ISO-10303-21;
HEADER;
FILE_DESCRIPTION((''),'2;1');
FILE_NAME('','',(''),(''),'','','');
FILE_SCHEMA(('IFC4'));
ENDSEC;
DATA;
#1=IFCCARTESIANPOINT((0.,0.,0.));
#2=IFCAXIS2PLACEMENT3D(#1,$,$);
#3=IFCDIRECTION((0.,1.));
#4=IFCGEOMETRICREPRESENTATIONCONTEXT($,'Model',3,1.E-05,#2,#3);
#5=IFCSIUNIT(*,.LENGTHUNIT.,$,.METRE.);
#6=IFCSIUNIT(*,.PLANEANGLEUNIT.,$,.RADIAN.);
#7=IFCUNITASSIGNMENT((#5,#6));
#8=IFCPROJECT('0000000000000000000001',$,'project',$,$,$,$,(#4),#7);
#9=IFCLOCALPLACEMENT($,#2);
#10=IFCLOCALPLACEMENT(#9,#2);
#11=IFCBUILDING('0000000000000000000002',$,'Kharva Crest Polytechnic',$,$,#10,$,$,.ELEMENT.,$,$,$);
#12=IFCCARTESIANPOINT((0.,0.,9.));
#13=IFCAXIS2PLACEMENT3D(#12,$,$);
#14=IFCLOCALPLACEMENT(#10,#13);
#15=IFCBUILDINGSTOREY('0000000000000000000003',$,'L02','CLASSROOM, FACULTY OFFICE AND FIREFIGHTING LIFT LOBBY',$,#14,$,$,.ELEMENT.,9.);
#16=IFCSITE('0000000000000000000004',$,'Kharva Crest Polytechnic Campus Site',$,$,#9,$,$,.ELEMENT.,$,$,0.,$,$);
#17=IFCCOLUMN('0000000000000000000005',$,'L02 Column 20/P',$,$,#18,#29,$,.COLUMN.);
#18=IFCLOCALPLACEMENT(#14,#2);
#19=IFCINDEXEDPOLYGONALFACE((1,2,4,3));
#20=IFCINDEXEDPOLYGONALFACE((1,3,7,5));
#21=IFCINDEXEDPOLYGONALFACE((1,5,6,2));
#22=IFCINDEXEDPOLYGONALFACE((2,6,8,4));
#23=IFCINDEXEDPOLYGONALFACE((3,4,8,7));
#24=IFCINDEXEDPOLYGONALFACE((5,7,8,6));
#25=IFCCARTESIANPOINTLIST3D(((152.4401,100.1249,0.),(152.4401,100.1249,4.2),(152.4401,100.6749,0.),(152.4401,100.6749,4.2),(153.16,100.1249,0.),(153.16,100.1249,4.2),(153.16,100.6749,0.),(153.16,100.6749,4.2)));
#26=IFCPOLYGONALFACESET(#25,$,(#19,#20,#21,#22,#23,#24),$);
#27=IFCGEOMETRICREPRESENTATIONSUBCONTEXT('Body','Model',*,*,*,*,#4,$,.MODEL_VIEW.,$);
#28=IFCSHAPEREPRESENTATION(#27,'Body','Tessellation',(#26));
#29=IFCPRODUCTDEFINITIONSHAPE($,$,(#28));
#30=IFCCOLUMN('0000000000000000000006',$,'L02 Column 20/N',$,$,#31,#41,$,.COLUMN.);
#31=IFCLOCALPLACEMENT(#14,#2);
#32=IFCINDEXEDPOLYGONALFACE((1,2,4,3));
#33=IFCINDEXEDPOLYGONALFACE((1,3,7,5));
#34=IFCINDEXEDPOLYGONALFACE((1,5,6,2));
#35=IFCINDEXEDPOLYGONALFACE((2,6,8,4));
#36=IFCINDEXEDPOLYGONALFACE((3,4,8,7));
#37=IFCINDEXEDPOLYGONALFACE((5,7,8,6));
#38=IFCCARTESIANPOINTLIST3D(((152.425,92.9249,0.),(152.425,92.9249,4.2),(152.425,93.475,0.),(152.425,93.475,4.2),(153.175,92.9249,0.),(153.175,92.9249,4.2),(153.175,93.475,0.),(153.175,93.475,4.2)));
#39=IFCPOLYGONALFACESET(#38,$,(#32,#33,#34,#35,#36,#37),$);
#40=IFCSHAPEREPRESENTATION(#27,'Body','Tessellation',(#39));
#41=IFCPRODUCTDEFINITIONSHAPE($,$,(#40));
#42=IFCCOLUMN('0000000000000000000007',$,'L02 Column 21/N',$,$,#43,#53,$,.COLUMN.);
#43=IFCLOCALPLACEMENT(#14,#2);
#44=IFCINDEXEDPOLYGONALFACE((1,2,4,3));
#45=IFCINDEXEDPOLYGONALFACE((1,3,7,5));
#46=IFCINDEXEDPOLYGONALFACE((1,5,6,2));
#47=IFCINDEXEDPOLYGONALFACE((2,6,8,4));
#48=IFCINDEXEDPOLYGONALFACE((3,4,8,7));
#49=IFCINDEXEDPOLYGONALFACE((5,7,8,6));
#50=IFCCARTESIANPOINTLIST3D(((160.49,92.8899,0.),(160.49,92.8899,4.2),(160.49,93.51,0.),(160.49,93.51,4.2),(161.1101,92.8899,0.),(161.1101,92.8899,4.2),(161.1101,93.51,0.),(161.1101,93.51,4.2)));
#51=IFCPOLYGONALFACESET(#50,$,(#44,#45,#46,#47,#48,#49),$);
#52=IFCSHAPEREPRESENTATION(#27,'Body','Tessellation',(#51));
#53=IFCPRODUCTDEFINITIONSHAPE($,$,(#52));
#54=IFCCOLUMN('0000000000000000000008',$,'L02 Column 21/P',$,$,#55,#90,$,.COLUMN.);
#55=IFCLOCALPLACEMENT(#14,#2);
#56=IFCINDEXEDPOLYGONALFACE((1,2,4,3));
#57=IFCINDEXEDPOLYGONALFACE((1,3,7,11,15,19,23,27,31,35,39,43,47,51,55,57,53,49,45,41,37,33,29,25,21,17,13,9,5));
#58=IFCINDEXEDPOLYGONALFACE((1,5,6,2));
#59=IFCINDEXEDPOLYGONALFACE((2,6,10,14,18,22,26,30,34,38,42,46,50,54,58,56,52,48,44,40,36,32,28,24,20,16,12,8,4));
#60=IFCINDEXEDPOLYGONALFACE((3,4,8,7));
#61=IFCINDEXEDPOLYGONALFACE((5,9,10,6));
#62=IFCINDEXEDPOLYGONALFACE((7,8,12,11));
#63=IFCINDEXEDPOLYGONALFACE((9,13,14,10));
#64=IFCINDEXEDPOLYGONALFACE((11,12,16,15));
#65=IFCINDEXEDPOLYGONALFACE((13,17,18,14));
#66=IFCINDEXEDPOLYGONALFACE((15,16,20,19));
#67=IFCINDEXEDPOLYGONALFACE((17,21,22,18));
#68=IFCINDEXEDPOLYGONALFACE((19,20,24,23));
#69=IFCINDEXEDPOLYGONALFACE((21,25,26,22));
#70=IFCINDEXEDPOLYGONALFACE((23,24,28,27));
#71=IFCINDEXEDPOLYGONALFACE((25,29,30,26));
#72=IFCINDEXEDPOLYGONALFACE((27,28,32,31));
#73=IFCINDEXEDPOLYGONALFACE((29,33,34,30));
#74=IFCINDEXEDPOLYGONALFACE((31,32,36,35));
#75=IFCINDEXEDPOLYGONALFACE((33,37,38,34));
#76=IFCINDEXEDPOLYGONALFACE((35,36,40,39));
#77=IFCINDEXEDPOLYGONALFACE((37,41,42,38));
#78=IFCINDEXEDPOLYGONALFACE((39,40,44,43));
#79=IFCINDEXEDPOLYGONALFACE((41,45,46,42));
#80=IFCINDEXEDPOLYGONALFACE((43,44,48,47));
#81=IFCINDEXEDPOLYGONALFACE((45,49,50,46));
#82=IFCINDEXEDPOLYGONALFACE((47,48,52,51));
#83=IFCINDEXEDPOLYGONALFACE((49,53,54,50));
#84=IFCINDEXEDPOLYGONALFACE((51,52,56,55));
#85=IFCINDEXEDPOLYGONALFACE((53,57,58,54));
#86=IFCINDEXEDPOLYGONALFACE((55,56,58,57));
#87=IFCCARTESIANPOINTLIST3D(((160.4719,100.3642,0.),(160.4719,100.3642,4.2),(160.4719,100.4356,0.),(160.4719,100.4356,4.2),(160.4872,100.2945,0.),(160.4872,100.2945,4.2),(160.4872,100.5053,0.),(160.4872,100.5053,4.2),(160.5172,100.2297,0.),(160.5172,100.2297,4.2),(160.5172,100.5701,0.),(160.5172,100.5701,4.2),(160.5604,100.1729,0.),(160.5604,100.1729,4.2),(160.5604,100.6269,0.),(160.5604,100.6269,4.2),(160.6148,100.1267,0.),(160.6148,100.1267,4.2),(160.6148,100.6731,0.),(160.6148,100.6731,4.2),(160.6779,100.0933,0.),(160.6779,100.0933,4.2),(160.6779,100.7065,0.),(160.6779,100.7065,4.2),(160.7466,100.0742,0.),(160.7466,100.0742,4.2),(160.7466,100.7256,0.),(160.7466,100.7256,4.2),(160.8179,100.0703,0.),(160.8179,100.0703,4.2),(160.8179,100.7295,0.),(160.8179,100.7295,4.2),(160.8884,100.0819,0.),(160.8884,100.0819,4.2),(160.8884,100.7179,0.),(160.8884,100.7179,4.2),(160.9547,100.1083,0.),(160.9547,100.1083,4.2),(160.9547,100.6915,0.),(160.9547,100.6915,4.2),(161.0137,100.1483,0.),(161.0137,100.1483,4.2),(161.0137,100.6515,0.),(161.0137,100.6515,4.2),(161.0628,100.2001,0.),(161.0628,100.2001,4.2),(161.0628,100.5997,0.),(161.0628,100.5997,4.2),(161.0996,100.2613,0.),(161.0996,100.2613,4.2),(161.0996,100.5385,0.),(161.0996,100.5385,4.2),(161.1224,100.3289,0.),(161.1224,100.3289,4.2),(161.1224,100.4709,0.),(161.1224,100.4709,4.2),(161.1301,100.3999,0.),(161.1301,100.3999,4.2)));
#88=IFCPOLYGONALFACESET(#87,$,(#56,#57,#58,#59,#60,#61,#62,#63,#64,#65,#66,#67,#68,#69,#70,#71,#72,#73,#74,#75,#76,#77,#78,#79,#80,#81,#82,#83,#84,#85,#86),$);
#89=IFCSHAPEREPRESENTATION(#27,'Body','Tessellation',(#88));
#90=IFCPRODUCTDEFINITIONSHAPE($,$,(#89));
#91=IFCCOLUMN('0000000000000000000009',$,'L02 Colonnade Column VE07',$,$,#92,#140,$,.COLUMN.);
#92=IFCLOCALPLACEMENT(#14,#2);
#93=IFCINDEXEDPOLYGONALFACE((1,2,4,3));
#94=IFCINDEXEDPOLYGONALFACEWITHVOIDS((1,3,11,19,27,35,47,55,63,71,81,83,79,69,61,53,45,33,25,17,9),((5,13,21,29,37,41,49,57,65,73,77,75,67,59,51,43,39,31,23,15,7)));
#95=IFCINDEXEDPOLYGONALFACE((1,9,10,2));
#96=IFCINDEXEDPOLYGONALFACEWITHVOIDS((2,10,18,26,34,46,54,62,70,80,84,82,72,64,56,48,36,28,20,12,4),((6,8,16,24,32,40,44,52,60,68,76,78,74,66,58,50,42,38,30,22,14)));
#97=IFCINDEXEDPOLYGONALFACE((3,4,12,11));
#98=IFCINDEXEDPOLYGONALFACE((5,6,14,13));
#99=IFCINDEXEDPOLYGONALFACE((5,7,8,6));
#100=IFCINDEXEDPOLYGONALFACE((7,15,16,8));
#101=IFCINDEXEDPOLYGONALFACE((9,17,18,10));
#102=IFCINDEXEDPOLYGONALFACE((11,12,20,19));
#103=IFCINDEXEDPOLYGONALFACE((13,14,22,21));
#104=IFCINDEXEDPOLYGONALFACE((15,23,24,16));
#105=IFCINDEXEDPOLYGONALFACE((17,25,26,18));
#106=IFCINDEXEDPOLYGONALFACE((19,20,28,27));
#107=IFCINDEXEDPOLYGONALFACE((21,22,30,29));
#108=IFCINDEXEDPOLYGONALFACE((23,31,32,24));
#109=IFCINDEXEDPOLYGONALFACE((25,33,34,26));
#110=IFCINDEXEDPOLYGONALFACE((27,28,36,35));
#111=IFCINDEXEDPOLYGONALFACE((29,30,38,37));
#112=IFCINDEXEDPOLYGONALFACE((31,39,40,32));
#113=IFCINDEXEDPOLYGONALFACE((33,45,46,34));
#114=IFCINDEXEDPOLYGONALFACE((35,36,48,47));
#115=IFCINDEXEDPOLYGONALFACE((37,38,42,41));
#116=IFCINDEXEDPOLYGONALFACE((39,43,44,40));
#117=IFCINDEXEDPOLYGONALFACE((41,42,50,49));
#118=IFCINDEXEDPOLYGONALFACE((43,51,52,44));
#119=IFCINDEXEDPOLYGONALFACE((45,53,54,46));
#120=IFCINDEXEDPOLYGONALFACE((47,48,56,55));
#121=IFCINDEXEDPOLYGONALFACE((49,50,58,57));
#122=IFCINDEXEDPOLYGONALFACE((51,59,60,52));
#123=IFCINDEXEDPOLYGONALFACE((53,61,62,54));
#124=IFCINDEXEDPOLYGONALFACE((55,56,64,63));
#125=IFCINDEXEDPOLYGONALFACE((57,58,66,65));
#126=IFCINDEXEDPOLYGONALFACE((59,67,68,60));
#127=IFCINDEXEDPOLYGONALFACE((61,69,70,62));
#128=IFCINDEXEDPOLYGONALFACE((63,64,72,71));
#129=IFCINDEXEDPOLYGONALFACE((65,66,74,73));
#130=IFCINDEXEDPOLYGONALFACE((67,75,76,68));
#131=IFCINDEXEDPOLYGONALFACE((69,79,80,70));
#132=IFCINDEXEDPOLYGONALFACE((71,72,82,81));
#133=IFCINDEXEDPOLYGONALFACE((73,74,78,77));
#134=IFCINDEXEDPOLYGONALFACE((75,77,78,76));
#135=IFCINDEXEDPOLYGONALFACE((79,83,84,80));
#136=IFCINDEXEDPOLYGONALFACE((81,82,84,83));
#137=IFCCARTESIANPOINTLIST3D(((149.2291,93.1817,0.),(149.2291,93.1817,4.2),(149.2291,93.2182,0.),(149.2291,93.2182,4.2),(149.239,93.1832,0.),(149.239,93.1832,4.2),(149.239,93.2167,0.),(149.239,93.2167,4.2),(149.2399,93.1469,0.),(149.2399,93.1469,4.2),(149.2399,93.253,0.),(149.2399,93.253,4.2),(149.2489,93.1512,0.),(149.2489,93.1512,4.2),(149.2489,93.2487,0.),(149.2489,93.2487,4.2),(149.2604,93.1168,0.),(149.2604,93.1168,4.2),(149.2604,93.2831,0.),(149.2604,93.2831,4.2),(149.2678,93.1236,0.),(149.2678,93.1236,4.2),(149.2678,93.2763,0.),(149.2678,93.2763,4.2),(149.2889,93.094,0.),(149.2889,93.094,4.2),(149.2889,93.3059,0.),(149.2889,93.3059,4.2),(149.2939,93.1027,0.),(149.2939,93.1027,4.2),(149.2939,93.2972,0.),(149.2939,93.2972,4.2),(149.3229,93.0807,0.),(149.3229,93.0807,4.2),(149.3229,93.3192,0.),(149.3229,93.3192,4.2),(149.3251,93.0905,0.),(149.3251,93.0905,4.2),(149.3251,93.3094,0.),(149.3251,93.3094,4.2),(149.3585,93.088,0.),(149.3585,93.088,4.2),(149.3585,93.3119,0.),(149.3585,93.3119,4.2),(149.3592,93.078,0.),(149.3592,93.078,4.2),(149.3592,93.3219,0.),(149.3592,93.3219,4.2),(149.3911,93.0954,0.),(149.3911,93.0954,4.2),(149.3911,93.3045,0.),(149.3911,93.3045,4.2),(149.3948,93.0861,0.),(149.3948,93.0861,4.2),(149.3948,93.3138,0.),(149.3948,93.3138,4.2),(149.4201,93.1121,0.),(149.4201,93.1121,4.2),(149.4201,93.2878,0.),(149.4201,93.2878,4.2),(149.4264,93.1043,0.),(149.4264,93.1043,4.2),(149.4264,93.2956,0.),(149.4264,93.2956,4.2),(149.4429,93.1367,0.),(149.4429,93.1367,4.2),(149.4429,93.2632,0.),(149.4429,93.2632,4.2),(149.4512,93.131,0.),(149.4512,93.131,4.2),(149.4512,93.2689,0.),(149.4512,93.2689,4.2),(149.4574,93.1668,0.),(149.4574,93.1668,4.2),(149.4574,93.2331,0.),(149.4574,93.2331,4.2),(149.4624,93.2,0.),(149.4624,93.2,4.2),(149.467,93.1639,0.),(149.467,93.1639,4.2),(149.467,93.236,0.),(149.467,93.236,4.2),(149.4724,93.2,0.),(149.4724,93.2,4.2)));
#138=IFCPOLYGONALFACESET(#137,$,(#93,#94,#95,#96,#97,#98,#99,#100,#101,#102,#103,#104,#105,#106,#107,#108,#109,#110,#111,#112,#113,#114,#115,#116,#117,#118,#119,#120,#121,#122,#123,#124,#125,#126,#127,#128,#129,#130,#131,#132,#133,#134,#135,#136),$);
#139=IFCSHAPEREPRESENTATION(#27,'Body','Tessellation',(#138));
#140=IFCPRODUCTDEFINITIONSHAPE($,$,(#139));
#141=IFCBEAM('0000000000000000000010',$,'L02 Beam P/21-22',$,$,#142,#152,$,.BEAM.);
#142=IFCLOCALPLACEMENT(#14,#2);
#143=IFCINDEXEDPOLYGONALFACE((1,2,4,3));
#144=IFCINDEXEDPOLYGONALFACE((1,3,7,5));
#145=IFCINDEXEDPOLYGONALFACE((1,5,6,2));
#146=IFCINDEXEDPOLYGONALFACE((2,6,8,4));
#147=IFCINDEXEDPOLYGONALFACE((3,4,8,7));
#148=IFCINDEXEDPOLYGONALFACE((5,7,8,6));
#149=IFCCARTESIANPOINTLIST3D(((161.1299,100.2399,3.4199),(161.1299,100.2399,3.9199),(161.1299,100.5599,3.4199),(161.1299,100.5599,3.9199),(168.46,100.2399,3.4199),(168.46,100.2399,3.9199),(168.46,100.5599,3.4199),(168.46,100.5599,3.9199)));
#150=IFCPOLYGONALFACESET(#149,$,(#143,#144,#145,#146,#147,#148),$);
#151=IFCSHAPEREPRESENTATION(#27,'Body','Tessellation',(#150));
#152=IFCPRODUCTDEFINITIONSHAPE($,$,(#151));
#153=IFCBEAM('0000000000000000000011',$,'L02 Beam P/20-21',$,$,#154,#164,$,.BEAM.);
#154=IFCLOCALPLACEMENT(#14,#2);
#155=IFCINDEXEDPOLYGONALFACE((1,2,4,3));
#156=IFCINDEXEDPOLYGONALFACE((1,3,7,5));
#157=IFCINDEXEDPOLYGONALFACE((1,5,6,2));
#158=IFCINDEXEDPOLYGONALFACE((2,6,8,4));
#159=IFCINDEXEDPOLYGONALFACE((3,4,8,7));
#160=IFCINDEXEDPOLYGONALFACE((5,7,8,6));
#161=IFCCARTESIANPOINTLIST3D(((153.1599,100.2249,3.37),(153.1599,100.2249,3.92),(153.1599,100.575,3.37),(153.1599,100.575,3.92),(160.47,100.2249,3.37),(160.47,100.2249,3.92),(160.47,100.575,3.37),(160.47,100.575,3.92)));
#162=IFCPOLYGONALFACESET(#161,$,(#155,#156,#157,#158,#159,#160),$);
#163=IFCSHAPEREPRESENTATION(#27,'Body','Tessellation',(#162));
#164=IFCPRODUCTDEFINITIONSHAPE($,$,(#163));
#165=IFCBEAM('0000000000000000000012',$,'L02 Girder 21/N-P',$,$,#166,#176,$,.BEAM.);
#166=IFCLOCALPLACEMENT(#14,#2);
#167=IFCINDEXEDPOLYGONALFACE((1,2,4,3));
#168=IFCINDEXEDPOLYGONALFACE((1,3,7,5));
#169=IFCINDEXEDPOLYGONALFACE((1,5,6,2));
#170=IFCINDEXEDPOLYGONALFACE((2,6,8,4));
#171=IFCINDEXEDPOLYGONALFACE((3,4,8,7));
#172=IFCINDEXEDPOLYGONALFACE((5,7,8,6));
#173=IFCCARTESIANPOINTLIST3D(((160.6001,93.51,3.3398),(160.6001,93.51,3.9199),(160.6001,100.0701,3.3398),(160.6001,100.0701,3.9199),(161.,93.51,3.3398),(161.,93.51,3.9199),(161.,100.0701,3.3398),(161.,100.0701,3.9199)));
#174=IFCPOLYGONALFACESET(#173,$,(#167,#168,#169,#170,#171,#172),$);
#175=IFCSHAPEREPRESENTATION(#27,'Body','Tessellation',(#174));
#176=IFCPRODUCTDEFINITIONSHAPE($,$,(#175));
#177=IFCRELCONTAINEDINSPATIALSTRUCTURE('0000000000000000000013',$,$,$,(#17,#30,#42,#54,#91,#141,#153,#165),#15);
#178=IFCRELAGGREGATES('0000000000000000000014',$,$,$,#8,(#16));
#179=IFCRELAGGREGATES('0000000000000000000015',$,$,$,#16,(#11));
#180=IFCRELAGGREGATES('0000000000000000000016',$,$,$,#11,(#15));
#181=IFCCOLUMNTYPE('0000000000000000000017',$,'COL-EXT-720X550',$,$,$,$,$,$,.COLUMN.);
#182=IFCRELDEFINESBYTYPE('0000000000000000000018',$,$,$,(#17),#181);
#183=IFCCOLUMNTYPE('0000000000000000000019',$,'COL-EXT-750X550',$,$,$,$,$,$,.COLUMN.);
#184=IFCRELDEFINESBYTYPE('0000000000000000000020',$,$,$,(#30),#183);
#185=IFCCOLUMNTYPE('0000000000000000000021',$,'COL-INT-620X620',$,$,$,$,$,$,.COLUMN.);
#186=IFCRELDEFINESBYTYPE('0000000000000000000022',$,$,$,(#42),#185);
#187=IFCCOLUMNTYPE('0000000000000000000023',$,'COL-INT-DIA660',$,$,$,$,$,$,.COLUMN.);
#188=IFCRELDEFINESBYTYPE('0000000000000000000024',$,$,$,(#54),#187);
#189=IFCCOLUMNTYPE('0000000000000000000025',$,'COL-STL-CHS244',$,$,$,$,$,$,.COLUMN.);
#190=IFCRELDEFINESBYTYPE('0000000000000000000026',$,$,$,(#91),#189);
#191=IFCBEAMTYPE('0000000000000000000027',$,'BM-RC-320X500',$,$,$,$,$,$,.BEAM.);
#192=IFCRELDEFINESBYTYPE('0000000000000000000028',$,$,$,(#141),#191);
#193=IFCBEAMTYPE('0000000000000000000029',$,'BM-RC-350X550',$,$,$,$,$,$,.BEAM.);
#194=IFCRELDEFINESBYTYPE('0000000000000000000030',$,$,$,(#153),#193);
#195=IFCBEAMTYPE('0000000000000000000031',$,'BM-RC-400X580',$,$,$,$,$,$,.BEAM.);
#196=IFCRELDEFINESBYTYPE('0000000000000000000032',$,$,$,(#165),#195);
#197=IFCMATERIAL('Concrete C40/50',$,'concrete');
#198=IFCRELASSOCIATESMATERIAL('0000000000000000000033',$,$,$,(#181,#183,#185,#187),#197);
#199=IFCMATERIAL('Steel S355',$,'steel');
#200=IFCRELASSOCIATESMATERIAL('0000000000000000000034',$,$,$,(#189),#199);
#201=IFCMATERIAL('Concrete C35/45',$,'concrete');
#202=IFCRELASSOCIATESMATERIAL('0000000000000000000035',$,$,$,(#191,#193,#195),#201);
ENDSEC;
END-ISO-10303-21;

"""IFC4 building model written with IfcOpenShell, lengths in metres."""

from ifc_helpers import new_model, si_unit, direction, frame, origin, origin_2d, place, context, subcontext, project, spatial, rectangle, circle, hollow_circle, extrude, material, material_profile, profile_set, type_object, element, save


model = new_model("IFC4")

# Units and contexts
model_context = context("Model", 3, precision=1e-05, world=origin(), true_north=direction((0.0, 1.0)))
body_context = subcontext(model_context, "Body", "Model", "MODEL_VIEW")
ifc_project = project(units=[si_unit("LENGTHUNIT", "METRE"), si_unit("PLANEANGLEUNIT", "RADIAN")], contexts=[model_context])

# Site, building, storey
site_placement = place(None, origin())
site = spatial("IfcSite", under=ifc_project, at=site_placement, Name="Kharva Crest Polytechnic Campus Site", CompositionType="ELEMENT", RefElevation=0.0)
building_placement = place(site_placement, origin())
building = spatial("IfcBuilding", under=site, at=building_placement, Name="Kharva Crest Polytechnic", CompositionType="ELEMENT")
storey_placement = place(building_placement, frame((0.0, 0.0, 9.0)))
storey = spatial("IfcBuildingStorey", under=building, at=storey_placement, Name="L02", Description="CLASSROOM, FACULTY OFFICE AND FIREFIGHTING LIFT LOBBY", CompositionType="ELEMENT", Elevation=9.0)

# Columns
ifc_material_1 = material(Name="Concrete C40/50", Category="concrete")
ifc_material_profile_1 = material_profile(ifc_material_1, rectangle(XDim=0.72, YDim=0.55, at=origin_2d()), Name="RECT 720 X 550")
ifc_profile_set_1 = profile_set([ifc_material_profile_1], Name="Concrete C40/50")
column_type_1 = type_object("IfcColumnType", Name="COL-EXT-720X550", PredefinedType="COLUMN", material=ifc_profile_set_1)
column_1_placement = place(storey_placement, frame((152.8, 100.3999, 0.0), z_axis=(0.0, 0.0, 1.0), x_axis=(1.0, 0.0, 0.0)))
element("IfcColumn", 1, at=column_1_placement, inside=storey, type_object=column_type_1, Name="L02 Column 20/P", PredefinedType="COLUMN", context=body_context, shape_type="SweptSolid", body=[
    extrude(rectangle(XDim=0.72, YDim=0.55, at=origin_2d()), origin(), (0.0, 0.0, 1.0), 4.2),
])
ifc_material_profile_2 = material_profile(ifc_material_1, rectangle(XDim=0.75, YDim=0.55, at=origin_2d()), Name="RECT 750 X 550")
ifc_profile_set_2 = profile_set([ifc_material_profile_2], Name="Concrete C40/50")
column_type_2 = type_object("IfcColumnType", Name="COL-EXT-750X550", PredefinedType="COLUMN", material=ifc_profile_set_2)
column_2_placement = place(storey_placement, frame((152.8, 93.2, 0.0), z_axis=(0.0, 0.0, 1.0), x_axis=(1.0, 0.0, 0.0)))
element("IfcColumn", 2, at=column_2_placement, inside=storey, type_object=column_type_2, Name="L02 Column 20/N", PredefinedType="COLUMN", context=body_context, shape_type="SweptSolid", body=[
    extrude(rectangle(XDim=0.75, YDim=0.55, at=origin_2d()), origin(), (0.0, 0.0, 1.0), 4.2),
])
ifc_material_profile_3 = material_profile(ifc_material_1, rectangle(XDim=0.6201, YDim=0.6201, at=origin_2d()), Name="RECT 620 X 620")
ifc_profile_set_3 = profile_set([ifc_material_profile_3], Name="Concrete C40/50")
column_type_3 = type_object("IfcColumnType", Name="COL-INT-620X620", PredefinedType="COLUMN", material=ifc_profile_set_3)
column_3_placement = place(storey_placement, frame((160.8, 93.2, 0.0), z_axis=(0.0, 0.0, 1.0), x_axis=(1.0, 0.0, 0.0)))
element("IfcColumn", 3, at=column_3_placement, inside=storey, type_object=column_type_3, Name="L02 Column 21/N", PredefinedType="COLUMN", context=body_context, shape_type="SweptSolid", body=[
    extrude(rectangle(XDim=0.6201, YDim=0.6201, at=origin_2d()), origin(), (0.0, 0.0, 1.0), 4.2),
])
ifc_material_profile_4 = material_profile(ifc_material_1, circle(Radius=0.3301, at=origin_2d()), Name="DIA 660")
ifc_profile_set_4 = profile_set([ifc_material_profile_4], Name="Concrete C40/50")
column_type_4 = type_object("IfcColumnType", Name="COL-INT-DIA660", PredefinedType="COLUMN", material=ifc_profile_set_4)
column_4_placement = place(storey_placement, frame((160.8, 100.3999, 0.0), z_axis=(0.0, 0.0, 1.0), x_axis=(1.0, 0.0, 0.0)))
element("IfcColumn", 4, at=column_4_placement, inside=storey, type_object=column_type_4, Name="L02 Column 21/P", PredefinedType="COLUMN", context=body_context, shape_type="SweptSolid", body=[
    extrude(circle(Radius=0.3301, at=origin_2d()), origin(), (0.0, 0.0, 1.0), 4.2),
])
ifc_material_2 = material(Name="Steel S355", Category="steel")
ifc_material_profile_5 = material_profile(ifc_material_2, hollow_circle(Radius=0.1223, WallThickness=0.01, at=origin_2d()), Name="CHS 244.5X10.0")
ifc_profile_set_5 = profile_set([ifc_material_profile_5], Name="Steel S355")
column_type_5 = type_object("IfcColumnType", Name="COL-STL-CHS244", PredefinedType="COLUMN", material=ifc_profile_set_5)
column_5_placement = place(storey_placement, frame((149.3501, 93.2, 0.0), z_axis=(0.0, 0.0, 1.0), x_axis=(1.0, 0.0, 0.0)))
element("IfcColumn", 5, at=column_5_placement, inside=storey, type_object=column_type_5, Name="L02 Colonnade Column VE07", PredefinedType="COLUMN", context=body_context, shape_type="SweptSolid", body=[
    extrude(hollow_circle(Radius=0.1223, WallThickness=0.01, at=origin_2d()), origin(), (0.0, 0.0, 1.0), 4.2),
])

# Beams
ifc_material_3 = material(Name="Concrete C35/45", Category="concrete")
ifc_material_profile_6 = material_profile(ifc_material_3, rectangle(XDim=0.3201, YDim=0.5, at=origin_2d()), Name="RECT 320 X 500")
ifc_profile_set_6 = profile_set([ifc_material_profile_6], Name="Concrete C35/45")
beam_type_1 = type_object("IfcBeamType", Name="BM-RC-320X500", PredefinedType="BEAM", material=ifc_profile_set_6)
beam_1_placement = place(storey_placement, frame((161.1299, 100.3999, 3.6699), z_axis=(1.0, 0.0, 0.0), x_axis=(0.0, 1.0, 0.0)))
element("IfcBeam", 6, at=beam_1_placement, inside=storey, type_object=beam_type_1, Name="L02 Beam P/21-22", PredefinedType="BEAM", context=body_context, shape_type="SweptSolid", body=[
    extrude(rectangle(XDim=0.3201, YDim=0.5, at=origin_2d()), origin(), (0.0, 0.0, 1.0), 7.3301),
])
ifc_material_profile_7 = material_profile(ifc_material_3, rectangle(XDim=0.3501, YDim=0.55, at=origin_2d()), Name="RECT 350 X 550")
ifc_profile_set_7 = profile_set([ifc_material_profile_7], Name="Concrete C35/45")
beam_type_2 = type_object("IfcBeamType", Name="BM-RC-350X550", PredefinedType="BEAM", material=ifc_profile_set_7)
beam_2_placement = place(storey_placement, frame((153.1599, 100.3999, 3.645), z_axis=(1.0, 0.0, 0.0), x_axis=(0.0, 1.0, 0.0)))
element("IfcBeam", 7, at=beam_2_placement, inside=storey, type_object=beam_type_2, Name="L02 Beam P/20-21", PredefinedType="BEAM", context=body_context, shape_type="SweptSolid", body=[
    extrude(rectangle(XDim=0.3501, YDim=0.55, at=origin_2d()), origin(), (0.0, 0.0, 1.0), 7.3101),
])
ifc_material_profile_8 = material_profile(ifc_material_3, rectangle(XDim=0.3999, YDim=0.5801, at=origin_2d()), Name="RECT 400 X 580")
ifc_profile_set_8 = profile_set([ifc_material_profile_8], Name="Concrete C35/45")
beam_type_3 = type_object("IfcBeamType", Name="BM-RC-400X580", PredefinedType="BEAM", material=ifc_profile_set_8)
beam_3_placement = place(storey_placement, frame((160.8, 93.51, 3.6299), z_axis=(0.0, 1.0, 0.0), x_axis=(-1.0, 0.0, 0.0)))
element("IfcBeam", 8, at=beam_3_placement, inside=storey, type_object=beam_type_3, Name="L02 Girder 21/N-P", PredefinedType="BEAM", context=body_context, shape_type="SweptSolid", body=[
    extrude(rectangle(XDim=0.3999, YDim=0.5801, at=origin_2d()), origin(), (0.0, 0.0, 1.0), 6.5601),
])

save(model, "model.ifc")
